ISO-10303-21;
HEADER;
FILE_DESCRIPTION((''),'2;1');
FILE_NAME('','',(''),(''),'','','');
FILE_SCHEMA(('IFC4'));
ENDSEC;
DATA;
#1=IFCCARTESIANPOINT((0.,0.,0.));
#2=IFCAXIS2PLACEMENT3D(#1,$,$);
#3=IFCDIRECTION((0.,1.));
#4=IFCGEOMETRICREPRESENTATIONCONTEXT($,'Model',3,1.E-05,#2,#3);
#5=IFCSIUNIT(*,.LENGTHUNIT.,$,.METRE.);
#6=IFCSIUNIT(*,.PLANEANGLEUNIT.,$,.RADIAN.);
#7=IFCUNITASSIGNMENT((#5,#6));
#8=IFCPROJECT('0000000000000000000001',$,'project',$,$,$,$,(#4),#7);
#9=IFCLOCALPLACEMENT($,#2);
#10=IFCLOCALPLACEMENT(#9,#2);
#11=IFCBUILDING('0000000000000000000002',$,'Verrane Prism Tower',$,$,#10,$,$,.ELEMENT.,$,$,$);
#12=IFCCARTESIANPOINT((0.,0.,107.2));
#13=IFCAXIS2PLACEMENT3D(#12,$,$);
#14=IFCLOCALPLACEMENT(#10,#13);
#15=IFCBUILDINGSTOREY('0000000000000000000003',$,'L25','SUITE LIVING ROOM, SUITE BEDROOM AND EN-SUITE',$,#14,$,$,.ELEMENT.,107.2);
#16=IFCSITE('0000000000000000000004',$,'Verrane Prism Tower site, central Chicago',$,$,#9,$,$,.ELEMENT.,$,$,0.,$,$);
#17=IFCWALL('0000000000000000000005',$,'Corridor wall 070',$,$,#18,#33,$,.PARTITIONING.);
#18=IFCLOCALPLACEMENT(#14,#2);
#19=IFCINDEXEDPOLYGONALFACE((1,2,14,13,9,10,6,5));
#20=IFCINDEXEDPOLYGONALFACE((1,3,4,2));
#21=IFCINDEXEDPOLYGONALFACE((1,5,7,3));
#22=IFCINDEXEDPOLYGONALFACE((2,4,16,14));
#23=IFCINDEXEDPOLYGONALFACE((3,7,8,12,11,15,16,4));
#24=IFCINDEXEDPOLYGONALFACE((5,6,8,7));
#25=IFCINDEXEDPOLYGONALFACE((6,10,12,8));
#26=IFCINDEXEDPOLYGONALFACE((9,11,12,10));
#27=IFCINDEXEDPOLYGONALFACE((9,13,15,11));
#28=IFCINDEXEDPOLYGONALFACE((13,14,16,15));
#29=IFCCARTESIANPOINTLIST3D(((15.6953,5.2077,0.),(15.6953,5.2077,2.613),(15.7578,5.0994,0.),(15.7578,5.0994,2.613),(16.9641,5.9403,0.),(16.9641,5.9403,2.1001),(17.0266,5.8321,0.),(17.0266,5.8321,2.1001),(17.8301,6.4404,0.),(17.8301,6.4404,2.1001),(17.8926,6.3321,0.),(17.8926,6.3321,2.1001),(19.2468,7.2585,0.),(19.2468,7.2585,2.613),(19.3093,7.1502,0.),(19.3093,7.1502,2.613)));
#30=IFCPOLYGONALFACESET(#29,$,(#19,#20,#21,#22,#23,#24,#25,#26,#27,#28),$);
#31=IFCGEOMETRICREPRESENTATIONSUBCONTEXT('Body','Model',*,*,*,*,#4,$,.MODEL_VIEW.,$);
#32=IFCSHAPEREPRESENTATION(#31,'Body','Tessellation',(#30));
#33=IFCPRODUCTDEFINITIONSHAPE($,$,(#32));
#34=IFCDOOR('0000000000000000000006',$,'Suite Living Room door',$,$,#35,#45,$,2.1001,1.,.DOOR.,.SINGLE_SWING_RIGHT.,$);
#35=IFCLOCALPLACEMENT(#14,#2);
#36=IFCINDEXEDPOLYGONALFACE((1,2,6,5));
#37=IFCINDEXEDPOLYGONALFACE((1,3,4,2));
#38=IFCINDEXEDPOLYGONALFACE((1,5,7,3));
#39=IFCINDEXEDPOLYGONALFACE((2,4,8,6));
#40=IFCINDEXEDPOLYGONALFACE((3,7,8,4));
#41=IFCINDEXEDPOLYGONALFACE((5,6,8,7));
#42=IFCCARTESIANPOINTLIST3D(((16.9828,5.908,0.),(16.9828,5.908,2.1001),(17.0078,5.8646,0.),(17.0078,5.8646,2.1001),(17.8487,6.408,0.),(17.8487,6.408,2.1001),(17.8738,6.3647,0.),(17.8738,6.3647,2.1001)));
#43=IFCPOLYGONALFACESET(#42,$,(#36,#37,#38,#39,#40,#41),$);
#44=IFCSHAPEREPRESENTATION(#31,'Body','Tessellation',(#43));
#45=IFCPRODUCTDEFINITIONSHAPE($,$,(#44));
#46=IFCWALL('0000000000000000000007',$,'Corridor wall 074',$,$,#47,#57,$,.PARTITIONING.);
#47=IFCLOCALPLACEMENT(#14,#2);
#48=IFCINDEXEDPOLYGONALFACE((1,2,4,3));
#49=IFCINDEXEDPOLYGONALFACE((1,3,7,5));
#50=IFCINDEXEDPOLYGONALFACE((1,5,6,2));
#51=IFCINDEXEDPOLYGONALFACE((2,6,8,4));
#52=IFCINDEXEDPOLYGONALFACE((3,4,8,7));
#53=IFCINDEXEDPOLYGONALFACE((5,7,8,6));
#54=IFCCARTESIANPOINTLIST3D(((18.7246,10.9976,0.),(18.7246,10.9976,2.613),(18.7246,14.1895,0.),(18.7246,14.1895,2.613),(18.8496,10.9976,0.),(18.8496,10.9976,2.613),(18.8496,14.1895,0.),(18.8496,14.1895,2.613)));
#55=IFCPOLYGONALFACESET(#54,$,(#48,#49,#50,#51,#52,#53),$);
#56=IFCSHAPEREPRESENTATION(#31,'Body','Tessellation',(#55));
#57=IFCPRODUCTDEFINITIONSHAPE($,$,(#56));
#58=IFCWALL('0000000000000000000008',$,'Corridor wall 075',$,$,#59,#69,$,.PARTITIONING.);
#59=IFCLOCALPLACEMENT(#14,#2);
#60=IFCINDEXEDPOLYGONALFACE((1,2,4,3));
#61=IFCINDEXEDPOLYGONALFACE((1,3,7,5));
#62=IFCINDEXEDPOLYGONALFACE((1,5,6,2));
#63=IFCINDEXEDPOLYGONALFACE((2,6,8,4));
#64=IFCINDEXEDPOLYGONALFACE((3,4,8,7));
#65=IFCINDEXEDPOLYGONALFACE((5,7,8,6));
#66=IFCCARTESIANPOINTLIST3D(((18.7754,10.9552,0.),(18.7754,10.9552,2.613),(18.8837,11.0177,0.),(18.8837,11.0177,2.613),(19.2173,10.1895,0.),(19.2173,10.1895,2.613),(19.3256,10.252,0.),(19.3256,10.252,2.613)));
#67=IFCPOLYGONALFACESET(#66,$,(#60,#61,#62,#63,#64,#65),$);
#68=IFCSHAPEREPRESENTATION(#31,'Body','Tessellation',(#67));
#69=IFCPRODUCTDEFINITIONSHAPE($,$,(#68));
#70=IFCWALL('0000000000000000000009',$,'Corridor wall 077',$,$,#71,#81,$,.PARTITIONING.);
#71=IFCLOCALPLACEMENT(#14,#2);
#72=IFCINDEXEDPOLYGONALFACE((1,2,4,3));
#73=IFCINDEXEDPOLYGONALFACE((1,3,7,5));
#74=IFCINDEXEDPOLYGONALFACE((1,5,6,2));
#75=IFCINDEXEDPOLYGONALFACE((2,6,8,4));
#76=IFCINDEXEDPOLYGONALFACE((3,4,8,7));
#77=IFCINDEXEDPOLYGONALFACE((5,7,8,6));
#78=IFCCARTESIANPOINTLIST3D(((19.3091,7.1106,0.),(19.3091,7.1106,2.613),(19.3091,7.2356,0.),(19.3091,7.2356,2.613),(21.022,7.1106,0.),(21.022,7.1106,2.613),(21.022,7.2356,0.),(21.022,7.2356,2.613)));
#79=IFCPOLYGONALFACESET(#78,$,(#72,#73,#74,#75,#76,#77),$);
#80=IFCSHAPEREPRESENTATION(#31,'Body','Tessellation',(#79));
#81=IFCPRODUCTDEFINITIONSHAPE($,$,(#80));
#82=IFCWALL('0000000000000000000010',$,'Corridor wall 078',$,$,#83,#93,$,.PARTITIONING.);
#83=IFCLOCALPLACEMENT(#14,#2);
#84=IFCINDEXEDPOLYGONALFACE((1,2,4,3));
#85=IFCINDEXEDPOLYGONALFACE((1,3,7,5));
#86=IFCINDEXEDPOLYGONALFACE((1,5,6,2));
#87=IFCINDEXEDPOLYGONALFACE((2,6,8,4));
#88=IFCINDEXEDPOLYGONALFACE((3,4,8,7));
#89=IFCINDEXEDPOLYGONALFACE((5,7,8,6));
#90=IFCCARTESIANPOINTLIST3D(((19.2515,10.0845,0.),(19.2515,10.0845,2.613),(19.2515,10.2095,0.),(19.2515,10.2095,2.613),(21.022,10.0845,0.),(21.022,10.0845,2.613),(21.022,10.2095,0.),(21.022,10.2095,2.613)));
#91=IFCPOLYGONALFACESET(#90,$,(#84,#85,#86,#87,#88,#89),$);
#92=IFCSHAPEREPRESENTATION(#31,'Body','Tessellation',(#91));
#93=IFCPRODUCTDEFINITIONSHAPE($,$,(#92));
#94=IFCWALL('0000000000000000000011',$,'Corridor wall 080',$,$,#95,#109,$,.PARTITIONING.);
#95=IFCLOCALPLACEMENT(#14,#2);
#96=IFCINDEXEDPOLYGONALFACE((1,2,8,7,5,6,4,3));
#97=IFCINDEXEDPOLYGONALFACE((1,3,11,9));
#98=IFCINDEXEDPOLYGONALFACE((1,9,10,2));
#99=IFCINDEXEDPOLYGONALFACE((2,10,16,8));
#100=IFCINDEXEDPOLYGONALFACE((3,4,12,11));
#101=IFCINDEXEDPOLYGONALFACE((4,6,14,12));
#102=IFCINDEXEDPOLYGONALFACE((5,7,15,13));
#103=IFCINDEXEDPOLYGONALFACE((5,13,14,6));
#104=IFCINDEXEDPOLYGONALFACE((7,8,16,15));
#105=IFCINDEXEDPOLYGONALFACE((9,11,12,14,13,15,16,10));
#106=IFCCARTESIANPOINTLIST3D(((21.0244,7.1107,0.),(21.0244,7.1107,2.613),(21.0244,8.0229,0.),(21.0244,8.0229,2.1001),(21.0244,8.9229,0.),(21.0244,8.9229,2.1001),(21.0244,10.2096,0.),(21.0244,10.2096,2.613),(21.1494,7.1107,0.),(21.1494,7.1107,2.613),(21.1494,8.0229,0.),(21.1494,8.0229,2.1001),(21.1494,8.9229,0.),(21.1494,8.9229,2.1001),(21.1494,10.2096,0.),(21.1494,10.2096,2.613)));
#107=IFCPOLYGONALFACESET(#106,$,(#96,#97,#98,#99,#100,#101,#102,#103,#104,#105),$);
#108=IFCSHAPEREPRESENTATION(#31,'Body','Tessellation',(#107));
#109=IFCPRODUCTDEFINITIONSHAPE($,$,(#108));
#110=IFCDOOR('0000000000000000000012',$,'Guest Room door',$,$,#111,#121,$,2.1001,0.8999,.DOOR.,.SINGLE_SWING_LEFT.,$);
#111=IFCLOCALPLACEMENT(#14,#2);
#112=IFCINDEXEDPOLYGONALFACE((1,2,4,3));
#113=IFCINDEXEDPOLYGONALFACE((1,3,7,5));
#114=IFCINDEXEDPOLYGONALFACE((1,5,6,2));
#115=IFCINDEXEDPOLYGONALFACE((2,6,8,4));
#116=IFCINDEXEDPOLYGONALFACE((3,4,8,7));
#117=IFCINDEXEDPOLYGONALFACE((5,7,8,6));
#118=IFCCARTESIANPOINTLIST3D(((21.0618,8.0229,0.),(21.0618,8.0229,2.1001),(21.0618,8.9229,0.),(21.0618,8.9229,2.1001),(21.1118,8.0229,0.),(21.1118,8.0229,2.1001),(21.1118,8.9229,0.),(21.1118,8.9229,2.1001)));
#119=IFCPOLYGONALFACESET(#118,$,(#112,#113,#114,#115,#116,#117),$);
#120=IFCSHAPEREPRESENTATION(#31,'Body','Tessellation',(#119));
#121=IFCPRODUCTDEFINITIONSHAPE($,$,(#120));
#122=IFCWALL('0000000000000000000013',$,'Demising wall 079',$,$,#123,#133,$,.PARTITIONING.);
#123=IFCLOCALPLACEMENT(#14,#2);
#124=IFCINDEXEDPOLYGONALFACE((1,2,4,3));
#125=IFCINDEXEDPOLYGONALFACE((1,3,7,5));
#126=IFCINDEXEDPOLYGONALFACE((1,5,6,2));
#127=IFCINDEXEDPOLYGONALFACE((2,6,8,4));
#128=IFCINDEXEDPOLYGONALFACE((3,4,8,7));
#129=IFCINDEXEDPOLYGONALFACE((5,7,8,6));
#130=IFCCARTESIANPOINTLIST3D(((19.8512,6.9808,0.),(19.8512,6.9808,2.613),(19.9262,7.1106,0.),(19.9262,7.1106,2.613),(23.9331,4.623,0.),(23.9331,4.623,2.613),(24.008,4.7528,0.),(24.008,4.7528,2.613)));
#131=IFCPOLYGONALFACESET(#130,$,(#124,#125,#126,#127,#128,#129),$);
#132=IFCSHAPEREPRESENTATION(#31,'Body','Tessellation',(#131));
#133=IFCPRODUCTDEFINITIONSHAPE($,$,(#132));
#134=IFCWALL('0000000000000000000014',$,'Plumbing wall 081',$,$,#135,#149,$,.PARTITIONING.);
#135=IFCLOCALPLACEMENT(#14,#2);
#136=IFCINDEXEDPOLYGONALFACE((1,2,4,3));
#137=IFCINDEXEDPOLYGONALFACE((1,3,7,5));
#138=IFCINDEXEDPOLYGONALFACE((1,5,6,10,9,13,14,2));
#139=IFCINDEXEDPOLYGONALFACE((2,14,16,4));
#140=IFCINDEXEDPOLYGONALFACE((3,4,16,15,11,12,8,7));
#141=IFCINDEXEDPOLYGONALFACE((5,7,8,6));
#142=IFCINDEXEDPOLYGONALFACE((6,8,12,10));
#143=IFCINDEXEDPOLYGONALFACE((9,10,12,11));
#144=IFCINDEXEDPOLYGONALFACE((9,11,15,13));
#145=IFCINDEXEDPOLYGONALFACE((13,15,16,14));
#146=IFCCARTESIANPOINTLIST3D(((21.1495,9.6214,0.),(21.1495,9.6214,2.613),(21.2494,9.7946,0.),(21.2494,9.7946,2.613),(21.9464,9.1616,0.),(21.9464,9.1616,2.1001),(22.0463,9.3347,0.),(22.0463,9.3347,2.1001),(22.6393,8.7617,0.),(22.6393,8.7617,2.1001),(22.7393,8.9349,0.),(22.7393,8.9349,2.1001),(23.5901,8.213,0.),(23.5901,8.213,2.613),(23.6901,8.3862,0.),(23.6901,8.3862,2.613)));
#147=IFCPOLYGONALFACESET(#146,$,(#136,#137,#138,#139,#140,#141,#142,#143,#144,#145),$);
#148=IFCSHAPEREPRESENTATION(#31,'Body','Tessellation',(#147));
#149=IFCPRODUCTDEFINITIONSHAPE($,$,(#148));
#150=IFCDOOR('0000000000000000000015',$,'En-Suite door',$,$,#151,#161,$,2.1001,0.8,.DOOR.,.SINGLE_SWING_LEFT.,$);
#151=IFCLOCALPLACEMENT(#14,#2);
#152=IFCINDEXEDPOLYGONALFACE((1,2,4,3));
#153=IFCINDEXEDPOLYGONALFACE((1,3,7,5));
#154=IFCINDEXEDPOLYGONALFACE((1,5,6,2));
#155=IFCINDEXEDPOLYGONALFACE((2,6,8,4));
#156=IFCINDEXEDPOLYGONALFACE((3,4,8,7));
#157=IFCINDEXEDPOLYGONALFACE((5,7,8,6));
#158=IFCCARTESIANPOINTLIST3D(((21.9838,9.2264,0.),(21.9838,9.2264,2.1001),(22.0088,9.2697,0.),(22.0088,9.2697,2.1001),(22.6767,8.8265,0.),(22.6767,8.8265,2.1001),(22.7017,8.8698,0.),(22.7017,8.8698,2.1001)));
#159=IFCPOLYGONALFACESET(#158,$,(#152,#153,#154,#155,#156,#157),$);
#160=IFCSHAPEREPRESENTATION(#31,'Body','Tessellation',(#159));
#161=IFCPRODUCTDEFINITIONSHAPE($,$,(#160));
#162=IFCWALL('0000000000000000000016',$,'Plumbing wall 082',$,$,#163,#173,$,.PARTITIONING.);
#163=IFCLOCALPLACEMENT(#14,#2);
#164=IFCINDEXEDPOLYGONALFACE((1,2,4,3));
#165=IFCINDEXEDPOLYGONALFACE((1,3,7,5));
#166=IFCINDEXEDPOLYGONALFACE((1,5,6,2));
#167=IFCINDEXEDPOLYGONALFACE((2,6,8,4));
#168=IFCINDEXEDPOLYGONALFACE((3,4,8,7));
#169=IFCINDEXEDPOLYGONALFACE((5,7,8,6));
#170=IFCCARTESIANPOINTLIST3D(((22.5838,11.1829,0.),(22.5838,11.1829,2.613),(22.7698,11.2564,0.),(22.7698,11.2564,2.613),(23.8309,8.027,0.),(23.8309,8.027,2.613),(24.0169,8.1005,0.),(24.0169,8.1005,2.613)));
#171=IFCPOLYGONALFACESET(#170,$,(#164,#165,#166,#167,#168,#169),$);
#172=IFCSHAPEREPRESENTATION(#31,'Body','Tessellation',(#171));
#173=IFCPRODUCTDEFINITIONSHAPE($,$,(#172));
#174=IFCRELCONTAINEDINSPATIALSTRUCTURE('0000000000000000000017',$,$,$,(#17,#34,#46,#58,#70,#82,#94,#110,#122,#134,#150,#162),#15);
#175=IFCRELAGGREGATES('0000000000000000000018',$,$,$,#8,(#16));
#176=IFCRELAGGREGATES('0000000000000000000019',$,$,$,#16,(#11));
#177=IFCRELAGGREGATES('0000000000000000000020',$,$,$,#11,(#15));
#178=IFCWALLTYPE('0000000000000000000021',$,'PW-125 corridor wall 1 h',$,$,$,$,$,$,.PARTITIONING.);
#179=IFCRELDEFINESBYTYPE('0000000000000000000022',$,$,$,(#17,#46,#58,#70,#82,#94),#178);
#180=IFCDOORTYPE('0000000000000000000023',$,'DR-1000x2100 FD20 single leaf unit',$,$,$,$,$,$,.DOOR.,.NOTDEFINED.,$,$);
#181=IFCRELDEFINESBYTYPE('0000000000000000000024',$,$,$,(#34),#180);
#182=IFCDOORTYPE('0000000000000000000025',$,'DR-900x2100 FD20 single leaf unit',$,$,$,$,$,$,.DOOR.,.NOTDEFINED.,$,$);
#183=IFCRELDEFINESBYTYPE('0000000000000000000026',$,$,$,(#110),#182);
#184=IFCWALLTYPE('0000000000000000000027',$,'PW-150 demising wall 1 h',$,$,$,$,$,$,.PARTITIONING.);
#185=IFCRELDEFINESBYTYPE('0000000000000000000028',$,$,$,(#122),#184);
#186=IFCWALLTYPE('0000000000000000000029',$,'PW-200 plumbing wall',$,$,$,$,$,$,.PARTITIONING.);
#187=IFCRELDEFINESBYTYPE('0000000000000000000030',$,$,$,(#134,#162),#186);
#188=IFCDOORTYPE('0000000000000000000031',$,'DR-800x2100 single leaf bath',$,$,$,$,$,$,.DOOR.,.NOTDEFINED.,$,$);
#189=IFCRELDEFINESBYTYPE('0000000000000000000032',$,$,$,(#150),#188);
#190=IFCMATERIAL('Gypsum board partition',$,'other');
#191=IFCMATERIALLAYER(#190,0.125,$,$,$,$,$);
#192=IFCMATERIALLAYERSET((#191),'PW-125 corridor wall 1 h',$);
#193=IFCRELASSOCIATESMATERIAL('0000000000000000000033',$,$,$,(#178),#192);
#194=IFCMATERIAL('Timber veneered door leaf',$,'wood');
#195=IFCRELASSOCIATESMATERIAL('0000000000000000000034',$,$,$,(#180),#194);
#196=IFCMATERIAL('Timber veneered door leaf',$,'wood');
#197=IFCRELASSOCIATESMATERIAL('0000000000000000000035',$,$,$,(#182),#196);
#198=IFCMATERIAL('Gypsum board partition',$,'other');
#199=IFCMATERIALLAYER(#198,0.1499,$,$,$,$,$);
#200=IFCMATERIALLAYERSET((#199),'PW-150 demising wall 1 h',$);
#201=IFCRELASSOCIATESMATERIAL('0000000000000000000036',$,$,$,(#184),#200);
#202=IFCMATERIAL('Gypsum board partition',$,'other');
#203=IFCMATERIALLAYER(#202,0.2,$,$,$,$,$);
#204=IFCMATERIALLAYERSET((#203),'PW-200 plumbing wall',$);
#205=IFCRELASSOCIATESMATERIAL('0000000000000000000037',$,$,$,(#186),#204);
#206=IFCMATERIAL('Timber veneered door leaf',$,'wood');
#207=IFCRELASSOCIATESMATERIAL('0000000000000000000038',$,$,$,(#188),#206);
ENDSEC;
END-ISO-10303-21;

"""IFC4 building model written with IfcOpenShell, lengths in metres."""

from ifc_helpers import new_model, si_unit, direction, frame, frame_2d, origin, place, context, subcontext, project, spatial, rectangle, extrude, material, layer, layer_set, type_object, element, fill, save


model = new_model("IFC4")

# Units and contexts
model_context = context("Model", 3, precision=1e-05, world=origin(), true_north=direction((0.0, 1.0)))
body_context = subcontext(model_context, "Body", "Model", "MODEL_VIEW")
ifc_project = project(units=[si_unit("LENGTHUNIT", "METRE"), si_unit("PLANEANGLEUNIT", "RADIAN")], contexts=[model_context])

# Site, building, storey
site_placement = place(None, origin())
site = spatial("IfcSite", under=ifc_project, at=site_placement, Name="Verrane Prism Tower site, central Chicago", CompositionType="ELEMENT", RefElevation=0.0)
building_placement = place(site_placement, origin())
building = spatial("IfcBuilding", under=site, at=building_placement, Name="Verrane Prism Tower", CompositionType="ELEMENT")
storey_placement = place(building_placement, frame((0.0, 0.0, 107.2)))
storey = spatial("IfcBuildingStorey", under=building, at=storey_placement, Name="L25", Description="SUITE LIVING ROOM, SUITE BEDROOM AND EN-SUITE", CompositionType="ELEMENT", Elevation=107.2)

# Wall, opening, door
ifc_material_1 = material(Name="Gypsum board partition", Category="other")
ifc_layer_1 = layer(ifc_material_1, 0.125)
ifc_layer_set_1 = layer_set([ifc_layer_1], Name="PW-125 corridor wall 1 h")
wall_type_1 = type_object("IfcWallType", Name="PW-125 corridor wall 1 h", PredefinedType="PARTITIONING", material=ifc_layer_set_1)
wall_1_placement = place(storey_placement, frame((19.2781, 7.2043, 0.0), z_axis=(0.0, 0.0, 1.0), x_axis=(-0.865992, -0.500057, 0.0)))
wall_1 = element("IfcWall", 1, at=wall_1_placement, inside=storey, type_object=wall_type_1, Name="Corridor wall 070", PredefinedType="PARTITIONING", context=body_context, shape_type="SweptSolid", body=[
    extrude(rectangle(XDim=4.1011, YDim=0.125, at=frame_2d((2.0505, 0.0))), origin(), (0.0, 0.0, 1.0), 2.613),
])
opening_1_placement = place(wall_1_placement, frame((1.636, 0.0, 0.0)))
opening_1 = element("IfcOpeningElement", 2, at=opening_1_placement, cuts=wall_1, PredefinedType="OPENING", context=body_context, shape_type="SweptSolid", body=[
    extrude(rectangle(XDim=1.0, YDim=2.1001, at=frame_2d((0.5, 1.05))), frame((0.0, 0.0725, 0.0), z_axis=(0.0, -1.0, 0.0), x_axis=(1.0, 0.0, 0.0)), (0.0, 0.0, 1.0), 0.145),
])
ifc_material_2 = material(Name="Timber veneered door leaf", Category="wood")
door_type_1 = type_object("IfcDoorType", Name="DR-1000x2100 FD20 single leaf unit", OperationType="NOTDEFINED", PredefinedType="DOOR", material=ifc_material_2)
door_1_placement = place(opening_1_placement, origin())
door_1 = element("IfcDoor", 3, at=door_1_placement, inside=storey, type_object=door_type_1, Name="Suite Living Room door", OperationType="SINGLE_SWING_RIGHT", OverallHeight=2.1001, OverallWidth=1.0, PredefinedType="DOOR", context=body_context, shape_type="SweptSolid", body=[
    extrude(rectangle(XDim=1.0, YDim=2.1001, at=frame_2d((0.5, 1.05))), frame((0.0, 0.0249, 0.0), z_axis=(0.0, -1.0, 0.0), x_axis=(1.0, 0.0, 0.0)), (0.0, 0.0, 1.0), 0.05),
])
fill(opening_1, door_1)

# Walls
wall_2_placement = place(storey_placement, frame((18.7871, 10.9976, 0.0), z_axis=(0.0, 0.0, 1.0), x_axis=(0.0, 1.0, 0.0)))
element("IfcWall", 4, at=wall_2_placement, inside=storey, type_object=wall_type_1, Name="Corridor wall 074", PredefinedType="PARTITIONING", context=body_context, shape_type="SweptSolid", body=[
    extrude(rectangle(XDim=3.1919, YDim=0.125, at=frame_2d((1.5959, 0.0))), origin(), (0.0, 0.0, 1.0), 2.613),
])
wall_3_placement = place(storey_placement, frame((18.8296, 10.9863, 0.0), z_axis=(0.0, 0.0, 1.0), x_axis=(0.499882, -0.866094, 0.0)))
element("IfcWall", 5, at=wall_3_placement, inside=storey, type_object=wall_type_1, Name="Corridor wall 075", PredefinedType="PARTITIONING", context=body_context, shape_type="SweptSolid", body=[
    extrude(rectangle(XDim=0.884, YDim=0.125, at=frame_2d((0.4419, 0.0))), origin(), (0.0, 0.0, 1.0), 2.613),
])
wall_4_placement = place(storey_placement, frame((19.3091, 7.1731, 0.0), z_axis=(0.0, 0.0, 1.0), x_axis=(1.0, 0.0, 0.0)))
element("IfcWall", 6, at=wall_4_placement, inside=storey, type_object=wall_type_1, Name="Corridor wall 077", PredefinedType="PARTITIONING", context=body_context, shape_type="SweptSolid", body=[
    extrude(rectangle(XDim=1.7129, YDim=0.125, at=frame_2d((0.8564, 0.0))), origin(), (0.0, 0.0, 1.0), 2.613),
])
wall_5_placement = place(storey_placement, frame((19.2515, 10.147, 0.0), z_axis=(0.0, 0.0, 1.0), x_axis=(1.0, 0.0, 0.0)))
element("IfcWall", 7, at=wall_5_placement, inside=storey, type_object=wall_type_1, Name="Corridor wall 078", PredefinedType="PARTITIONING", context=body_context, shape_type="SweptSolid", body=[
    extrude(rectangle(XDim=1.7705, YDim=0.125, at=frame_2d((0.8853, 0.0))), origin(), (0.0, 0.0, 1.0), 2.613),
])

# Wall, opening, door
wall_6_placement = place(storey_placement, frame((21.0869, 10.2095, 0.0), z_axis=(0.0, 0.0, 1.0), x_axis=(0.0, -1.0, 0.0)))
wall_6 = element("IfcWall", 8, at=wall_6_placement, inside=storey, type_object=wall_type_1, Name="Corridor wall 080", PredefinedType="PARTITIONING", context=body_context, shape_type="SweptSolid", body=[
    extrude(rectangle(XDim=3.0989, YDim=0.125, at=frame_2d((1.5493, 0.0))), origin(), (0.0, 0.0, 1.0), 2.613),
])
opening_2_placement = place(wall_6_placement, frame((1.2866, 0.0, 0.0)))
opening_2 = element("IfcOpeningElement", 9, at=opening_2_placement, cuts=wall_6, PredefinedType="OPENING", context=body_context, shape_type="SweptSolid", body=[
    extrude(rectangle(XDim=0.8999, YDim=2.1001, at=frame_2d((0.45, 1.05))), frame((0.0, 0.0725, 0.0), z_axis=(0.0, -1.0, 0.0), x_axis=(1.0, 0.0, 0.0)), (0.0, 0.0, 1.0), 0.145),
])
ifc_material_3 = material(Name="Timber veneered door leaf", Category="wood")
door_type_2 = type_object("IfcDoorType", Name="DR-900x2100 FD20 single leaf unit", OperationType="NOTDEFINED", PredefinedType="DOOR", material=ifc_material_3)
door_2_placement = place(opening_2_placement, origin())
door_2 = element("IfcDoor", 10, at=door_2_placement, inside=storey, type_object=door_type_2, Name="Guest Room door", OperationType="SINGLE_SWING_LEFT", OverallHeight=2.1001, OverallWidth=0.8999, PredefinedType="DOOR", context=body_context, shape_type="SweptSolid", body=[
    extrude(rectangle(XDim=0.8999, YDim=2.1001, at=frame_2d((0.45, 1.05))), frame((0.0, 0.0249, 0.0), z_axis=(0.0, -1.0, 0.0), x_axis=(1.0, 0.0, 0.0)), (0.0, 0.0, 1.0), 0.05),
])
fill(opening_2, door_2)

# Wall
ifc_material_4 = material(Name="Gypsum board partition", Category="other")
ifc_layer_2 = layer(ifc_material_4, 0.1499)
ifc_layer_set_2 = layer_set([ifc_layer_2], Name="PW-150 demising wall 1 h")
wall_type_2 = type_object("IfcWallType", Name="PW-150 demising wall 1 h", PredefinedType="PARTITIONING", material=ifc_layer_set_2)
wall_7_placement = place(storey_placement, frame((19.8887, 7.0457, 0.0), z_axis=(0.0, 0.0, 1.0), x_axis=(0.865929, -0.500166, 0.0)))
element("IfcWall", 11, at=wall_7_placement, inside=storey, type_object=wall_type_2, Name="Demising wall 079", PredefinedType="PARTITIONING", context=body_context, shape_type="SweptSolid", body=[
    extrude(rectangle(XDim=4.7139, YDim=0.1499, at=frame_2d((2.3569, 0.0))), origin(), (0.0, 0.0, 1.0), 2.613),
])

# Wall, opening, door
ifc_material_5 = material(Name="Gypsum board partition", Category="other")
ifc_layer_3 = layer(ifc_material_5, 0.2)
ifc_layer_set_3 = layer_set([ifc_layer_3], Name="PW-200 plumbing wall")
wall_type_3 = type_object("IfcWallType", Name="PW-200 plumbing wall", PredefinedType="PARTITIONING", material=ifc_layer_set_3)
wall_8_placement = place(storey_placement, frame((21.1995, 9.708, 0.0), z_axis=(0.0, 0.0, 1.0), x_axis=(0.866129, -0.49982, 0.0)))
wall_8 = element("IfcWall", 12, at=wall_8_placement, inside=storey, type_object=wall_type_3, Name="Plumbing wall 081", PredefinedType="PARTITIONING", context=body_context, shape_type="SweptSolid", body=[
    extrude(rectangle(XDim=2.8179, YDim=0.2, at=frame_2d((1.4089, 0.0))), origin(), (0.0, 0.0, 1.0), 2.613),
])
opening_3_placement = place(wall_8_placement, frame((0.9202, 0.0, 0.0)))
opening_3 = element("IfcOpeningElement", 13, at=opening_3_placement, cuts=wall_8, PredefinedType="OPENING", context=body_context, shape_type="SweptSolid", body=[
    extrude(rectangle(XDim=0.8, YDim=2.1001, at=frame_2d((0.3999, 1.05))), frame((0.0, 0.1099, 0.0), z_axis=(0.0, -1.0, 0.0), x_axis=(1.0, 0.0, 0.0)), (0.0, 0.0, 1.0), 0.22),
])
ifc_material_6 = material(Name="Timber veneered door leaf", Category="wood")
door_type_3 = type_object("IfcDoorType", Name="DR-800x2100 single leaf bath", OperationType="NOTDEFINED", PredefinedType="DOOR", material=ifc_material_6)
door_3_placement = place(opening_3_placement, origin())
door_3 = element("IfcDoor", 14, at=door_3_placement, inside=storey, type_object=door_type_3, Name="En-Suite door", OperationType="SINGLE_SWING_LEFT", OverallHeight=2.1001, OverallWidth=0.8, PredefinedType="DOOR", context=body_context, shape_type="SweptSolid", body=[
    extrude(rectangle(XDim=0.8, YDim=2.1001, at=frame_2d((0.3999, 1.05))), frame((0.0, 0.0249, 0.0), z_axis=(0.0, -1.0, 0.0), x_axis=(1.0, 0.0, 0.0)), (0.0, 0.0, 1.0), 0.05),
])
fill(opening_3, door_3)

# Wall
wall_9_placement = place(storey_placement, frame((22.6768, 11.2197, 0.0), z_axis=(0.0, 0.0, 1.0), x_axis=(0.367517, -0.930017, 0.0)))
element("IfcWall", 15, at=wall_9_placement, inside=storey, type_object=wall_type_3, Name="Plumbing wall 082", PredefinedType="PARTITIONING", context=body_context, shape_type="SweptSolid", body=[
    extrude(rectangle(XDim=3.3933, YDim=0.2, at=frame_2d((1.6968, 0.0))), origin(), (0.0, 0.0, 1.0), 2.613),
])

save(model, "model.ifc")
